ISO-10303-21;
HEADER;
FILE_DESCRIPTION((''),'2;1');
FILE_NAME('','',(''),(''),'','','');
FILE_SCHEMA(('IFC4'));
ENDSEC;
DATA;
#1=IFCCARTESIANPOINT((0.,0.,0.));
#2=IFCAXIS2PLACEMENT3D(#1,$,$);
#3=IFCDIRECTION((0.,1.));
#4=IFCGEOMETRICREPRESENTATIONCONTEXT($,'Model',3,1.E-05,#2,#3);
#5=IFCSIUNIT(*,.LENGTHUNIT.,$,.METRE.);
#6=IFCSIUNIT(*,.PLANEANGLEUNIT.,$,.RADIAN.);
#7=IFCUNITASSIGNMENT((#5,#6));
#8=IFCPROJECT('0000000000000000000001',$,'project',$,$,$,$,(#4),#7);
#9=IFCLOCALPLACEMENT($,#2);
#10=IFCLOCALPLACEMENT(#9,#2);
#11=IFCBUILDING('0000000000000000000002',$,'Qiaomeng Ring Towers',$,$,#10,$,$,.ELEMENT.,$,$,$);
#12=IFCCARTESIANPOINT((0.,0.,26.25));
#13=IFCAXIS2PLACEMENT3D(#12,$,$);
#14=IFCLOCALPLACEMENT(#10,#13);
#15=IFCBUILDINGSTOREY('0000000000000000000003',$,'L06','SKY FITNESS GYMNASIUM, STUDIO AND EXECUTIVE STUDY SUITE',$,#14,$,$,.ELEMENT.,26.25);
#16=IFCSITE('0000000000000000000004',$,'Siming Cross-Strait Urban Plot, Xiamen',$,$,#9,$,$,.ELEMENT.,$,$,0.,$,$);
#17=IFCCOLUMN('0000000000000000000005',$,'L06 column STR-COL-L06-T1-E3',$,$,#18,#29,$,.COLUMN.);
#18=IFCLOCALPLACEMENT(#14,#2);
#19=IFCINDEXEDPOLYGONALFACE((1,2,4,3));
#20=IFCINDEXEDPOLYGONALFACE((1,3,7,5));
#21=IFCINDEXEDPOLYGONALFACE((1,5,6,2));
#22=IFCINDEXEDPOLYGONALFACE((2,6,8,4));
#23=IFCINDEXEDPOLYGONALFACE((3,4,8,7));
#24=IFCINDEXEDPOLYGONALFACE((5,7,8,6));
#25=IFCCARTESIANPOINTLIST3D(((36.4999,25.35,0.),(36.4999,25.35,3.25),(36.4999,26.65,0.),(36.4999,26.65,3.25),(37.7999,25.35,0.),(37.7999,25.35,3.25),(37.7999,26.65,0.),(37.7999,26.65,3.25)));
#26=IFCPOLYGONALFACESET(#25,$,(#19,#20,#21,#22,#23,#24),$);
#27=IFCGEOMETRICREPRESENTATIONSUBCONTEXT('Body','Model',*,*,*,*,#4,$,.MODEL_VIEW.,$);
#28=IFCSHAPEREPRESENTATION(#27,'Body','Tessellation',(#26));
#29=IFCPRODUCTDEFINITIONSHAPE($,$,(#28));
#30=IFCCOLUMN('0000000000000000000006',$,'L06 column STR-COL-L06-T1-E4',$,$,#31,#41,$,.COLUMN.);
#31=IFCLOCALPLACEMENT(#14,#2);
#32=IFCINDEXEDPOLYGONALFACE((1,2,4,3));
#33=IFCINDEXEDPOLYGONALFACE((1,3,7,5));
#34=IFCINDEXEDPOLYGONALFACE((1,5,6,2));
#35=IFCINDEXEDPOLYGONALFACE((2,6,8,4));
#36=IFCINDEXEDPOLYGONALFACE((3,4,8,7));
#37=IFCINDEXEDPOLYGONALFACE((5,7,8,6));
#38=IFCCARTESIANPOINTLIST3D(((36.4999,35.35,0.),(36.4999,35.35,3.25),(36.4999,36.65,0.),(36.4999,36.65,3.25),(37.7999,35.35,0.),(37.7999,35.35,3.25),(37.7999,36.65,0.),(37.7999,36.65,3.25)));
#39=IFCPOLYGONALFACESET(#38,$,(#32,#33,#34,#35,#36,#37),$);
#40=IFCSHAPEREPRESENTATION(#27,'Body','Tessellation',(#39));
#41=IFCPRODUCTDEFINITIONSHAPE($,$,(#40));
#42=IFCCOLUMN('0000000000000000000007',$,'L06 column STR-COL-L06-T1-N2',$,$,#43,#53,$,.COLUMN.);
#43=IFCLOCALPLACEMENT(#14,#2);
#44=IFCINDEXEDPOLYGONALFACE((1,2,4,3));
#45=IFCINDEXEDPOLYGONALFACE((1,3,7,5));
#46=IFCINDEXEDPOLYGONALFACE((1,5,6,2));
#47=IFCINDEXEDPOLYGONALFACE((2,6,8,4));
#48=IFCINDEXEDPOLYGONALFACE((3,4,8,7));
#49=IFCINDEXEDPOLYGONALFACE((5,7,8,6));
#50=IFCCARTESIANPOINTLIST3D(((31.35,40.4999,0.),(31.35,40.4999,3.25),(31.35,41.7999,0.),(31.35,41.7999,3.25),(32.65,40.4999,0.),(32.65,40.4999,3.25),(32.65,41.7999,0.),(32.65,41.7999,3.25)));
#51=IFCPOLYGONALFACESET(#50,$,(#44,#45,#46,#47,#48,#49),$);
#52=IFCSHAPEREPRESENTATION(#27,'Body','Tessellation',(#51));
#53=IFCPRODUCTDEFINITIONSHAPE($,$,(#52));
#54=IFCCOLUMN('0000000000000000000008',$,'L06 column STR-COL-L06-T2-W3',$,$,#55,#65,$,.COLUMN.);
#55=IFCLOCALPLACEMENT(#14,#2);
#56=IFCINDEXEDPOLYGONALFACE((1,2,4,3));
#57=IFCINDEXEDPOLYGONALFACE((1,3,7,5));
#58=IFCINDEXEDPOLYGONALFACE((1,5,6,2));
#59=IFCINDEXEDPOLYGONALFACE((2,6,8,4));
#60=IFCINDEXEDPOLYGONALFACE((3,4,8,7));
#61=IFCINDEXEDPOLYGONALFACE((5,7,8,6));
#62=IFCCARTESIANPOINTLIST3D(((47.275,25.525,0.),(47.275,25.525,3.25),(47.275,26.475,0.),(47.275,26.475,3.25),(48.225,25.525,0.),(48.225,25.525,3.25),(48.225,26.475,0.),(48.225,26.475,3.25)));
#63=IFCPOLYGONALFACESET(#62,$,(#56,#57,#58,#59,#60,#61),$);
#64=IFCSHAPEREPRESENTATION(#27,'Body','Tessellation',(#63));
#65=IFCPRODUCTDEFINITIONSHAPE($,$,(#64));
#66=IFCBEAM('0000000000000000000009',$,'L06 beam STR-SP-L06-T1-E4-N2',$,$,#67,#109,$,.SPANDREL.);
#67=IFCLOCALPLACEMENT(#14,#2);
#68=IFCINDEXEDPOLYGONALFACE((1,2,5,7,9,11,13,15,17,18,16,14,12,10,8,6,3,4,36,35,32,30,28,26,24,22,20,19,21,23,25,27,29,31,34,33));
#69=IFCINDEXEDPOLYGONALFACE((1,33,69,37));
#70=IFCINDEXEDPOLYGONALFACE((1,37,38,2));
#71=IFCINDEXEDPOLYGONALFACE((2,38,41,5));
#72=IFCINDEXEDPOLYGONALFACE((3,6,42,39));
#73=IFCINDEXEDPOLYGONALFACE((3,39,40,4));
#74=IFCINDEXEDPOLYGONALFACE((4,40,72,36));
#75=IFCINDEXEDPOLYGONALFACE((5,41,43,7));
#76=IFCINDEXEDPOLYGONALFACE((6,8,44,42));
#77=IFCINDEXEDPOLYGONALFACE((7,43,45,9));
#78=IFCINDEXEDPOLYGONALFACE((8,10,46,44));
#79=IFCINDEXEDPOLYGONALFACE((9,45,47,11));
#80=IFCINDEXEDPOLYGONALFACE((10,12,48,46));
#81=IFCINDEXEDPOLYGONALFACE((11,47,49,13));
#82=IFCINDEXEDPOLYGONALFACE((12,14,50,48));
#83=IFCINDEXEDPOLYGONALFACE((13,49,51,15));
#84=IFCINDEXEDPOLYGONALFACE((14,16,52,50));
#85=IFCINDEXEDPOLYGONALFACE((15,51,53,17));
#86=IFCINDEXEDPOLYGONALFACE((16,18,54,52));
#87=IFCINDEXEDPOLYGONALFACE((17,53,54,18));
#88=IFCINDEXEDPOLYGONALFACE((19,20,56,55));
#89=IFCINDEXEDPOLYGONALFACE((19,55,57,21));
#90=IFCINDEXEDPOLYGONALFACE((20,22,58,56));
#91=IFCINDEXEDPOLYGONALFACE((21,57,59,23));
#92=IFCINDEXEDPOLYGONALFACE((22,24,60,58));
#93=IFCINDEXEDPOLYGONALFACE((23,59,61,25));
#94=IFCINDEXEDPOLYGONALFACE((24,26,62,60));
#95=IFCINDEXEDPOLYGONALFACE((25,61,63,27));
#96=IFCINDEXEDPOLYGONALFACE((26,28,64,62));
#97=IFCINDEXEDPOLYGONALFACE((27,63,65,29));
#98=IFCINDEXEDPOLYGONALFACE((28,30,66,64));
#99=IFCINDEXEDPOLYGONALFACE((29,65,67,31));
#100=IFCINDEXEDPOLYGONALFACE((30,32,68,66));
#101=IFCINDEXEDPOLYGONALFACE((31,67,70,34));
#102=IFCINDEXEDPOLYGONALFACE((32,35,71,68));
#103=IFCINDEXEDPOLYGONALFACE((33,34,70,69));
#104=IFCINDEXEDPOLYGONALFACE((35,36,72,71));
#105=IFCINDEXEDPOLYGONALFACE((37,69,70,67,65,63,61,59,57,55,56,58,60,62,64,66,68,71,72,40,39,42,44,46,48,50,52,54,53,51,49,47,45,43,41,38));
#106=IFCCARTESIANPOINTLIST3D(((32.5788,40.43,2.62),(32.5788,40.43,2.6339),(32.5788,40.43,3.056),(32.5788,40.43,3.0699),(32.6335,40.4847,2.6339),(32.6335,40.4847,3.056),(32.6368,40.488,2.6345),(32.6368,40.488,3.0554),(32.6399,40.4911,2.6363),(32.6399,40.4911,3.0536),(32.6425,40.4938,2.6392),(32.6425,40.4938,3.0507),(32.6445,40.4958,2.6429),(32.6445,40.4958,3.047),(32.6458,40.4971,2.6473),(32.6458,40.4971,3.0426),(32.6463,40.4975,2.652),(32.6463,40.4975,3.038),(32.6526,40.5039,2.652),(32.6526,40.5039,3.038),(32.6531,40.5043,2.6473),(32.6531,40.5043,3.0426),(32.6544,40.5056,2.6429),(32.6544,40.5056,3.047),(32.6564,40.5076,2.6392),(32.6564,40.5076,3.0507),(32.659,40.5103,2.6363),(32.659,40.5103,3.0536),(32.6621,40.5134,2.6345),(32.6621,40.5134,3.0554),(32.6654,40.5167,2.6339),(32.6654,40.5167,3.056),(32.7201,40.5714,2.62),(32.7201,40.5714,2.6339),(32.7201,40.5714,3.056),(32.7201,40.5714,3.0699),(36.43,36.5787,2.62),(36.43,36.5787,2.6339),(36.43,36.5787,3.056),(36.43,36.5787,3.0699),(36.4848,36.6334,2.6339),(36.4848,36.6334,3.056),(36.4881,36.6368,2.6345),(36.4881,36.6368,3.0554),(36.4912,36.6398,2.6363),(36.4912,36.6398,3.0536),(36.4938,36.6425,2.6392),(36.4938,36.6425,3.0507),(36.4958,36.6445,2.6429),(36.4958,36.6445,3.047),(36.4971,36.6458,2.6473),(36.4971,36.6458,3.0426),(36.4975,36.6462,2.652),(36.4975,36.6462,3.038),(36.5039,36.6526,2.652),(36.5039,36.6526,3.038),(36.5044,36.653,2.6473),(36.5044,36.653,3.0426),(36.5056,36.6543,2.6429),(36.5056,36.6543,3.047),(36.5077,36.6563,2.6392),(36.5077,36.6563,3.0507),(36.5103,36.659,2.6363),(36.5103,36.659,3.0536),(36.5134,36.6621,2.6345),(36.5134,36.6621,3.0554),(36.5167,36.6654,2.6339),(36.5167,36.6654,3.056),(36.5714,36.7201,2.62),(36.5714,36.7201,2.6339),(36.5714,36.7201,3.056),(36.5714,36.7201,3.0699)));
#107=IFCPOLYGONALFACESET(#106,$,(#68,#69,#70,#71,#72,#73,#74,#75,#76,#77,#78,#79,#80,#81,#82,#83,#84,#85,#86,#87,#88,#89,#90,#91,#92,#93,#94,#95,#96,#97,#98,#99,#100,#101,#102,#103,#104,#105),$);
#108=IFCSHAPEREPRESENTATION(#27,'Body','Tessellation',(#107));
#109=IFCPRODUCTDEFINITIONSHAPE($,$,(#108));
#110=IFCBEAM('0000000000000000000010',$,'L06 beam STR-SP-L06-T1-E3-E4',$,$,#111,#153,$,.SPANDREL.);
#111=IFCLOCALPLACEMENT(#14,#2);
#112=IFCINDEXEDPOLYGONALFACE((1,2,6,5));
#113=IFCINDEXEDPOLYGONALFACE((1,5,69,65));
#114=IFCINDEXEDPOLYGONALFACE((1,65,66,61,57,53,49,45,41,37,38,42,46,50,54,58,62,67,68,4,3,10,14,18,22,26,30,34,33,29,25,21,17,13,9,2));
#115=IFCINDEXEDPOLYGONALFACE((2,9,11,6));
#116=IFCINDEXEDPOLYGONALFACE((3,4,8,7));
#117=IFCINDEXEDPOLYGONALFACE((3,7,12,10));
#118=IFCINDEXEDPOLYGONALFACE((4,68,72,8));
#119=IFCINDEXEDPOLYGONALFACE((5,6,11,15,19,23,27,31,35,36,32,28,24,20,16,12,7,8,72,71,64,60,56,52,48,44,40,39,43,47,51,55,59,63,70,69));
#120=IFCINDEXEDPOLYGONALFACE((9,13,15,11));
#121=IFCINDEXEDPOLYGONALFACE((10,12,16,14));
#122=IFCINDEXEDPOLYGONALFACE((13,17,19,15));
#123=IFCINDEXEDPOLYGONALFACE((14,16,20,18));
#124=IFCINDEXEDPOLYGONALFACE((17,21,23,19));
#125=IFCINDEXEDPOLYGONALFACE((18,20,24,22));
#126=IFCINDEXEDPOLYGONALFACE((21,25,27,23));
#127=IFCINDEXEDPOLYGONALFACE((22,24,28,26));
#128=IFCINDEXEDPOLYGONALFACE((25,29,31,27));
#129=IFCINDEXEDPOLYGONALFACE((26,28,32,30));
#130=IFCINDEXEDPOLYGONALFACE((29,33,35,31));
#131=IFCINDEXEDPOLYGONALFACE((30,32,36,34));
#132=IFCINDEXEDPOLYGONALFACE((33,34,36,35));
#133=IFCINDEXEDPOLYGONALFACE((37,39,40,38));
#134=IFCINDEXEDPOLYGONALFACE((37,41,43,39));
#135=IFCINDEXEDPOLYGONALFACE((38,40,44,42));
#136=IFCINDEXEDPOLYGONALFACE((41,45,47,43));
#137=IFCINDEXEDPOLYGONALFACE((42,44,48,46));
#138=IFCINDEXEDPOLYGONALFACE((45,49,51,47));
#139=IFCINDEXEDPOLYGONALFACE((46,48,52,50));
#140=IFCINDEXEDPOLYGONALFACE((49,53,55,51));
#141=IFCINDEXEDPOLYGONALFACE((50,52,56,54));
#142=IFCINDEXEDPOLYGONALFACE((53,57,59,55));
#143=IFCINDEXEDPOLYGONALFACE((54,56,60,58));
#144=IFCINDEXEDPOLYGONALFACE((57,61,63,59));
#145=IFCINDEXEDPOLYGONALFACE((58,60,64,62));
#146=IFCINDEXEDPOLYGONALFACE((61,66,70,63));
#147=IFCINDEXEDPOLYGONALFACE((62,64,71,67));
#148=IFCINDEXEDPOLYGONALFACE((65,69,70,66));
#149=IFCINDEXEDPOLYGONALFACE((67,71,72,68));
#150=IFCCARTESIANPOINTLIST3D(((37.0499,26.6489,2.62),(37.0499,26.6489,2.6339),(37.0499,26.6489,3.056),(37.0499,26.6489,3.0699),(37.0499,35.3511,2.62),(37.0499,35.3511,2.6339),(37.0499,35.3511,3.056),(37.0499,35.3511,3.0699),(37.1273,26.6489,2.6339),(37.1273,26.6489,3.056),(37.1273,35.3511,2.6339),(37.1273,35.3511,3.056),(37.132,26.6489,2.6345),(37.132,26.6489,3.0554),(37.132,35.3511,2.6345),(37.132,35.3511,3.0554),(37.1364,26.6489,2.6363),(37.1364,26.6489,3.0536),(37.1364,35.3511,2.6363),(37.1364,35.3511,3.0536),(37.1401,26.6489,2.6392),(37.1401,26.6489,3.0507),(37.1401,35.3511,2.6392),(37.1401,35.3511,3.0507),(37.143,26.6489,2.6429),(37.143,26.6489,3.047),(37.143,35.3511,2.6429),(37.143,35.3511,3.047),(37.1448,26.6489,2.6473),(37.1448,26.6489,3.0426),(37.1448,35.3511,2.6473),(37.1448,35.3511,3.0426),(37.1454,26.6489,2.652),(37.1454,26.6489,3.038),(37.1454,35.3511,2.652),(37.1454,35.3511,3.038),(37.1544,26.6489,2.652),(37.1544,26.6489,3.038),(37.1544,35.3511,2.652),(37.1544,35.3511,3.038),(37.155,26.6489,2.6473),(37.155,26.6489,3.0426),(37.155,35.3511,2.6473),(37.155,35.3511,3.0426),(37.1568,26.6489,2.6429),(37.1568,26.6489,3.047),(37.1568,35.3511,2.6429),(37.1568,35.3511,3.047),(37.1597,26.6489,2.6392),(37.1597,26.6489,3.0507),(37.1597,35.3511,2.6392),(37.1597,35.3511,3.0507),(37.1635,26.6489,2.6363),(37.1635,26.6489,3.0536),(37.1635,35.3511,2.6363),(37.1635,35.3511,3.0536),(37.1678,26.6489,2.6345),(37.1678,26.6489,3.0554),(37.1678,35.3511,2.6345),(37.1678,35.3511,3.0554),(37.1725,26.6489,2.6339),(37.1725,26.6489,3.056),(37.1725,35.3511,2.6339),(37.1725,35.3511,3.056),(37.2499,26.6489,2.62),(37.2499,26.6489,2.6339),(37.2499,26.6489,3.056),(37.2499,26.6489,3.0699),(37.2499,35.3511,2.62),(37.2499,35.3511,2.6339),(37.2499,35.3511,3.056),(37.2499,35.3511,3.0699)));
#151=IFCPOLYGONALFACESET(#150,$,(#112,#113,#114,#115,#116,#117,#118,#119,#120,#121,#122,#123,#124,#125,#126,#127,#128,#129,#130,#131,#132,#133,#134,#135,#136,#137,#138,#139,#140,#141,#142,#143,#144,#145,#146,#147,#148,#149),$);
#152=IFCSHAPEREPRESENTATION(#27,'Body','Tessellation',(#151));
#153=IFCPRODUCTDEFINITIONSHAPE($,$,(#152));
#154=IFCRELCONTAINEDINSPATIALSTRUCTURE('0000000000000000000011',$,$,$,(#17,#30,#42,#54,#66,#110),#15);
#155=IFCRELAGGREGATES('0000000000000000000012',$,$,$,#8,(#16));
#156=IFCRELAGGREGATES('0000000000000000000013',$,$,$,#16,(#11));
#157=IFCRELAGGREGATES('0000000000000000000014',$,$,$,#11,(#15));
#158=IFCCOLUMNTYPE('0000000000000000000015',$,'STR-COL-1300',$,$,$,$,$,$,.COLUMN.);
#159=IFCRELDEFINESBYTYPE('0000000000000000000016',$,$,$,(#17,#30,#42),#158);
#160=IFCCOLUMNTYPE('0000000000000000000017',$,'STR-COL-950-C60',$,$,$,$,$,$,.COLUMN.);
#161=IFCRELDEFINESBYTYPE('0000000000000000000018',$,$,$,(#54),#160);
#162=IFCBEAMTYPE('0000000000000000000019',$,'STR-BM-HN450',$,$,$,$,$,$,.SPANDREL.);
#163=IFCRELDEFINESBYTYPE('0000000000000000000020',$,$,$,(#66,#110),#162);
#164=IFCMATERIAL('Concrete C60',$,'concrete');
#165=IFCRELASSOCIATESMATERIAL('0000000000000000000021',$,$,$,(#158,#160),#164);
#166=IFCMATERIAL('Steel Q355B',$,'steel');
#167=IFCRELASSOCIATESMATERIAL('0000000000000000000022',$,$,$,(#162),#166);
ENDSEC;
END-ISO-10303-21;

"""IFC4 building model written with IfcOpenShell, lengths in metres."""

from ifc_helpers import new_model, si_unit, direction, frame, origin, origin_2d, place, context, subcontext, project, spatial, rectangle, i_section, extrude, source, transform, mapped, material, material_profile, profile_set, type_object, element, save


model = new_model("IFC4")

# Units and contexts
model_context = context("Model", 3, precision=1e-05, world=origin(), true_north=direction((0.0, 1.0)))
body_context = subcontext(model_context, "Body", "Model", "MODEL_VIEW")
ifc_project = project(units=[si_unit("LENGTHUNIT", "METRE"), si_unit("PLANEANGLEUNIT", "RADIAN")], contexts=[model_context])

# Site, building, storey
site_placement = place(None, origin())
site = spatial("IfcSite", under=ifc_project, at=site_placement, Name="Siming Cross-Strait Urban Plot, Xiamen", CompositionType="ELEMENT", RefElevation=0.0)
building_placement = place(site_placement, origin())
building = spatial("IfcBuilding", under=site, at=building_placement, Name="Qiaomeng Ring Towers", CompositionType="ELEMENT")
storey_placement = place(building_placement, frame((0.0, 0.0, 26.25)))
storey = spatial("IfcBuildingStorey", under=building, at=storey_placement, Name="L06", Description="SKY FITNESS GYMNASIUM, STUDIO AND EXECUTIVE STUDY SUITE", CompositionType="ELEMENT", Elevation=26.25)

# Columns
ifc_material_1 = material(Name="Concrete C60", Category="concrete")
ifc_material_profile_1 = material_profile(ifc_material_1, rectangle(XDim=1.3, YDim=1.3, at=origin_2d()), Name="RC COL 1300x1300")
ifc_profile_set_1 = profile_set([ifc_material_profile_1], Name="Concrete C60")
column_type_1 = type_object("IfcColumnType", Name="STR-COL-1300", PredefinedType="COLUMN", material=ifc_profile_set_1)
shared_shape_1 = source(origin(), body_context, "Body", "SweptSolid", [
    extrude(rectangle(XDim=1.3, YDim=1.3, at=origin_2d()), origin(), (0.0, 0.0, 1.0), 3.25),
])
for number, where, z_axis, x_axis, name in (
    (1, (37.1499, 26.0, 0.0), (0.0, 0.0, 1.0), (1.0, 0.0, 0.0), "L06 column STR-COL-L06-T1-E3"),
    (2, (37.1499, 36.0, 0.0), (0.0, 0.0, 1.0), (1.0, 0.0, 0.0), "L06 column STR-COL-L06-T1-E4"),
    (3, (32.0, 41.1499, 0.0), (0.0, 0.0, 1.0), (1.0, 0.0, 0.0), "L06 column STR-COL-L06-T1-N2"),
):
    element("IfcColumn", number, at=place(storey_placement, frame(where, z_axis=z_axis, x_axis=x_axis)), inside=storey, type_object=column_type_1, Name=name, PredefinedType="COLUMN", context=body_context, shape_type="MappedRepresentation", body=[
        mapped(shared_shape_1, transform((0.0, 0.0, 0.0), x_axis=(1.0, 0.0, 0.0), y_axis=(0.0, 1.0, 0.0), z_axis=(0.0, 0.0, 1.0), scale=1.0)),
    ])
ifc_material_profile_2 = material_profile(ifc_material_1, rectangle(XDim=0.95, YDim=0.95, at=origin_2d()), Name="RC COL 950x950")
ifc_profile_set_2 = profile_set([ifc_material_profile_2], Name="Concrete C60")
column_type_2 = type_object("IfcColumnType", Name="STR-COL-950-C60", PredefinedType="COLUMN", material=ifc_profile_set_2)
shared_shape_2 = source(origin(), body_context, "Body", "SweptSolid", [
    extrude(rectangle(XDim=0.95, YDim=0.95, at=origin_2d()), origin(), (0.0, 0.0, 1.0), 3.25),
])
column_placement = place(storey_placement, frame((47.75, 26.0, 0.0), z_axis=(0.0, 0.0, 1.0), x_axis=(1.0, 0.0, 0.0)))
element("IfcColumn", 4, at=column_placement, inside=storey, type_object=column_type_2, Name="L06 column STR-COL-L06-T2-W3", PredefinedType="COLUMN", context=body_context, shape_type="MappedRepresentation", body=[
    mapped(shared_shape_2, transform((0.0, 0.0, 0.0), x_axis=(1.0, 0.0, 0.0), y_axis=(0.0, 1.0, 0.0), z_axis=(0.0, 0.0, 1.0), scale=1.0)),
])

# Beams
ifc_material_2 = material(Name="Steel Q355B", Category="steel")
ifc_material_profile_3 = material_profile(ifc_material_2, i_section(OverallWidth=0.2, OverallDepth=0.45, WebThickness=0.009, FlangeThickness=0.0139, FilletRadius=0.0181, at=origin_2d()), Name="HN 450x200x9x14")
ifc_profile_set_3 = profile_set([ifc_material_profile_3], Name="Steel Q355B")
beam_type_1 = type_object("IfcBeamType", Name="STR-BM-HN450", PredefinedType="SPANDREL", material=ifc_profile_set_3)
shared_shape_3 = source(origin(), body_context, "Body", "SweptSolid", [
    extrude(i_section(OverallWidth=0.2, OverallDepth=0.45, WebThickness=0.009, FlangeThickness=0.0139, FilletRadius=0.0181, at=origin_2d()), origin(), (0.0, 0.0, 1.0), 5.4465),
])
beam_1_placement = place(storey_placement, frame((36.5007, 36.6494, 2.845), z_axis=(-0.707107, 0.707107, 0.0), x_axis=(-0.707107, -0.707107, 0.0)))
element("IfcBeam", 5, at=beam_1_placement, inside=storey, type_object=beam_type_1, Name="L06 beam STR-SP-L06-T1-E4-N2", PredefinedType="SPANDREL", context=body_context, shape_type="MappedRepresentation", body=[
    mapped(shared_shape_3, transform((0.0, 0.0, 0.0), x_axis=(1.0, 0.0, 0.0), y_axis=(0.0, 1.0, 0.0), z_axis=(0.0, 0.0, 1.0), scale=1.0)),
])
shared_shape_4 = source(origin(), body_context, "Body", "SweptSolid", [
    extrude(i_section(OverallWidth=0.2, OverallDepth=0.45, WebThickness=0.009, FlangeThickness=0.0139, FilletRadius=0.0181, at=origin_2d()), origin(), (0.0, 0.0, 1.0), 8.7021),
])
beam_2_placement = place(storey_placement, frame((37.1499, 26.6489, 2.845), z_axis=(0.0, 1.0, 0.0), x_axis=(-1.0, 0.0, 0.0)))
element("IfcBeam", 6, at=beam_2_placement, inside=storey, type_object=beam_type_1, Name="L06 beam STR-SP-L06-T1-E3-E4", PredefinedType="SPANDREL", context=body_context, shape_type="MappedRepresentation", body=[
    mapped(shared_shape_4, transform((0.0, 0.0, 0.0), x_axis=(1.0, 0.0, 0.0), y_axis=(0.0, 1.0, 0.0), z_axis=(0.0, 0.0, 1.0), scale=1.0)),
])

save(model, "model.ifc")
